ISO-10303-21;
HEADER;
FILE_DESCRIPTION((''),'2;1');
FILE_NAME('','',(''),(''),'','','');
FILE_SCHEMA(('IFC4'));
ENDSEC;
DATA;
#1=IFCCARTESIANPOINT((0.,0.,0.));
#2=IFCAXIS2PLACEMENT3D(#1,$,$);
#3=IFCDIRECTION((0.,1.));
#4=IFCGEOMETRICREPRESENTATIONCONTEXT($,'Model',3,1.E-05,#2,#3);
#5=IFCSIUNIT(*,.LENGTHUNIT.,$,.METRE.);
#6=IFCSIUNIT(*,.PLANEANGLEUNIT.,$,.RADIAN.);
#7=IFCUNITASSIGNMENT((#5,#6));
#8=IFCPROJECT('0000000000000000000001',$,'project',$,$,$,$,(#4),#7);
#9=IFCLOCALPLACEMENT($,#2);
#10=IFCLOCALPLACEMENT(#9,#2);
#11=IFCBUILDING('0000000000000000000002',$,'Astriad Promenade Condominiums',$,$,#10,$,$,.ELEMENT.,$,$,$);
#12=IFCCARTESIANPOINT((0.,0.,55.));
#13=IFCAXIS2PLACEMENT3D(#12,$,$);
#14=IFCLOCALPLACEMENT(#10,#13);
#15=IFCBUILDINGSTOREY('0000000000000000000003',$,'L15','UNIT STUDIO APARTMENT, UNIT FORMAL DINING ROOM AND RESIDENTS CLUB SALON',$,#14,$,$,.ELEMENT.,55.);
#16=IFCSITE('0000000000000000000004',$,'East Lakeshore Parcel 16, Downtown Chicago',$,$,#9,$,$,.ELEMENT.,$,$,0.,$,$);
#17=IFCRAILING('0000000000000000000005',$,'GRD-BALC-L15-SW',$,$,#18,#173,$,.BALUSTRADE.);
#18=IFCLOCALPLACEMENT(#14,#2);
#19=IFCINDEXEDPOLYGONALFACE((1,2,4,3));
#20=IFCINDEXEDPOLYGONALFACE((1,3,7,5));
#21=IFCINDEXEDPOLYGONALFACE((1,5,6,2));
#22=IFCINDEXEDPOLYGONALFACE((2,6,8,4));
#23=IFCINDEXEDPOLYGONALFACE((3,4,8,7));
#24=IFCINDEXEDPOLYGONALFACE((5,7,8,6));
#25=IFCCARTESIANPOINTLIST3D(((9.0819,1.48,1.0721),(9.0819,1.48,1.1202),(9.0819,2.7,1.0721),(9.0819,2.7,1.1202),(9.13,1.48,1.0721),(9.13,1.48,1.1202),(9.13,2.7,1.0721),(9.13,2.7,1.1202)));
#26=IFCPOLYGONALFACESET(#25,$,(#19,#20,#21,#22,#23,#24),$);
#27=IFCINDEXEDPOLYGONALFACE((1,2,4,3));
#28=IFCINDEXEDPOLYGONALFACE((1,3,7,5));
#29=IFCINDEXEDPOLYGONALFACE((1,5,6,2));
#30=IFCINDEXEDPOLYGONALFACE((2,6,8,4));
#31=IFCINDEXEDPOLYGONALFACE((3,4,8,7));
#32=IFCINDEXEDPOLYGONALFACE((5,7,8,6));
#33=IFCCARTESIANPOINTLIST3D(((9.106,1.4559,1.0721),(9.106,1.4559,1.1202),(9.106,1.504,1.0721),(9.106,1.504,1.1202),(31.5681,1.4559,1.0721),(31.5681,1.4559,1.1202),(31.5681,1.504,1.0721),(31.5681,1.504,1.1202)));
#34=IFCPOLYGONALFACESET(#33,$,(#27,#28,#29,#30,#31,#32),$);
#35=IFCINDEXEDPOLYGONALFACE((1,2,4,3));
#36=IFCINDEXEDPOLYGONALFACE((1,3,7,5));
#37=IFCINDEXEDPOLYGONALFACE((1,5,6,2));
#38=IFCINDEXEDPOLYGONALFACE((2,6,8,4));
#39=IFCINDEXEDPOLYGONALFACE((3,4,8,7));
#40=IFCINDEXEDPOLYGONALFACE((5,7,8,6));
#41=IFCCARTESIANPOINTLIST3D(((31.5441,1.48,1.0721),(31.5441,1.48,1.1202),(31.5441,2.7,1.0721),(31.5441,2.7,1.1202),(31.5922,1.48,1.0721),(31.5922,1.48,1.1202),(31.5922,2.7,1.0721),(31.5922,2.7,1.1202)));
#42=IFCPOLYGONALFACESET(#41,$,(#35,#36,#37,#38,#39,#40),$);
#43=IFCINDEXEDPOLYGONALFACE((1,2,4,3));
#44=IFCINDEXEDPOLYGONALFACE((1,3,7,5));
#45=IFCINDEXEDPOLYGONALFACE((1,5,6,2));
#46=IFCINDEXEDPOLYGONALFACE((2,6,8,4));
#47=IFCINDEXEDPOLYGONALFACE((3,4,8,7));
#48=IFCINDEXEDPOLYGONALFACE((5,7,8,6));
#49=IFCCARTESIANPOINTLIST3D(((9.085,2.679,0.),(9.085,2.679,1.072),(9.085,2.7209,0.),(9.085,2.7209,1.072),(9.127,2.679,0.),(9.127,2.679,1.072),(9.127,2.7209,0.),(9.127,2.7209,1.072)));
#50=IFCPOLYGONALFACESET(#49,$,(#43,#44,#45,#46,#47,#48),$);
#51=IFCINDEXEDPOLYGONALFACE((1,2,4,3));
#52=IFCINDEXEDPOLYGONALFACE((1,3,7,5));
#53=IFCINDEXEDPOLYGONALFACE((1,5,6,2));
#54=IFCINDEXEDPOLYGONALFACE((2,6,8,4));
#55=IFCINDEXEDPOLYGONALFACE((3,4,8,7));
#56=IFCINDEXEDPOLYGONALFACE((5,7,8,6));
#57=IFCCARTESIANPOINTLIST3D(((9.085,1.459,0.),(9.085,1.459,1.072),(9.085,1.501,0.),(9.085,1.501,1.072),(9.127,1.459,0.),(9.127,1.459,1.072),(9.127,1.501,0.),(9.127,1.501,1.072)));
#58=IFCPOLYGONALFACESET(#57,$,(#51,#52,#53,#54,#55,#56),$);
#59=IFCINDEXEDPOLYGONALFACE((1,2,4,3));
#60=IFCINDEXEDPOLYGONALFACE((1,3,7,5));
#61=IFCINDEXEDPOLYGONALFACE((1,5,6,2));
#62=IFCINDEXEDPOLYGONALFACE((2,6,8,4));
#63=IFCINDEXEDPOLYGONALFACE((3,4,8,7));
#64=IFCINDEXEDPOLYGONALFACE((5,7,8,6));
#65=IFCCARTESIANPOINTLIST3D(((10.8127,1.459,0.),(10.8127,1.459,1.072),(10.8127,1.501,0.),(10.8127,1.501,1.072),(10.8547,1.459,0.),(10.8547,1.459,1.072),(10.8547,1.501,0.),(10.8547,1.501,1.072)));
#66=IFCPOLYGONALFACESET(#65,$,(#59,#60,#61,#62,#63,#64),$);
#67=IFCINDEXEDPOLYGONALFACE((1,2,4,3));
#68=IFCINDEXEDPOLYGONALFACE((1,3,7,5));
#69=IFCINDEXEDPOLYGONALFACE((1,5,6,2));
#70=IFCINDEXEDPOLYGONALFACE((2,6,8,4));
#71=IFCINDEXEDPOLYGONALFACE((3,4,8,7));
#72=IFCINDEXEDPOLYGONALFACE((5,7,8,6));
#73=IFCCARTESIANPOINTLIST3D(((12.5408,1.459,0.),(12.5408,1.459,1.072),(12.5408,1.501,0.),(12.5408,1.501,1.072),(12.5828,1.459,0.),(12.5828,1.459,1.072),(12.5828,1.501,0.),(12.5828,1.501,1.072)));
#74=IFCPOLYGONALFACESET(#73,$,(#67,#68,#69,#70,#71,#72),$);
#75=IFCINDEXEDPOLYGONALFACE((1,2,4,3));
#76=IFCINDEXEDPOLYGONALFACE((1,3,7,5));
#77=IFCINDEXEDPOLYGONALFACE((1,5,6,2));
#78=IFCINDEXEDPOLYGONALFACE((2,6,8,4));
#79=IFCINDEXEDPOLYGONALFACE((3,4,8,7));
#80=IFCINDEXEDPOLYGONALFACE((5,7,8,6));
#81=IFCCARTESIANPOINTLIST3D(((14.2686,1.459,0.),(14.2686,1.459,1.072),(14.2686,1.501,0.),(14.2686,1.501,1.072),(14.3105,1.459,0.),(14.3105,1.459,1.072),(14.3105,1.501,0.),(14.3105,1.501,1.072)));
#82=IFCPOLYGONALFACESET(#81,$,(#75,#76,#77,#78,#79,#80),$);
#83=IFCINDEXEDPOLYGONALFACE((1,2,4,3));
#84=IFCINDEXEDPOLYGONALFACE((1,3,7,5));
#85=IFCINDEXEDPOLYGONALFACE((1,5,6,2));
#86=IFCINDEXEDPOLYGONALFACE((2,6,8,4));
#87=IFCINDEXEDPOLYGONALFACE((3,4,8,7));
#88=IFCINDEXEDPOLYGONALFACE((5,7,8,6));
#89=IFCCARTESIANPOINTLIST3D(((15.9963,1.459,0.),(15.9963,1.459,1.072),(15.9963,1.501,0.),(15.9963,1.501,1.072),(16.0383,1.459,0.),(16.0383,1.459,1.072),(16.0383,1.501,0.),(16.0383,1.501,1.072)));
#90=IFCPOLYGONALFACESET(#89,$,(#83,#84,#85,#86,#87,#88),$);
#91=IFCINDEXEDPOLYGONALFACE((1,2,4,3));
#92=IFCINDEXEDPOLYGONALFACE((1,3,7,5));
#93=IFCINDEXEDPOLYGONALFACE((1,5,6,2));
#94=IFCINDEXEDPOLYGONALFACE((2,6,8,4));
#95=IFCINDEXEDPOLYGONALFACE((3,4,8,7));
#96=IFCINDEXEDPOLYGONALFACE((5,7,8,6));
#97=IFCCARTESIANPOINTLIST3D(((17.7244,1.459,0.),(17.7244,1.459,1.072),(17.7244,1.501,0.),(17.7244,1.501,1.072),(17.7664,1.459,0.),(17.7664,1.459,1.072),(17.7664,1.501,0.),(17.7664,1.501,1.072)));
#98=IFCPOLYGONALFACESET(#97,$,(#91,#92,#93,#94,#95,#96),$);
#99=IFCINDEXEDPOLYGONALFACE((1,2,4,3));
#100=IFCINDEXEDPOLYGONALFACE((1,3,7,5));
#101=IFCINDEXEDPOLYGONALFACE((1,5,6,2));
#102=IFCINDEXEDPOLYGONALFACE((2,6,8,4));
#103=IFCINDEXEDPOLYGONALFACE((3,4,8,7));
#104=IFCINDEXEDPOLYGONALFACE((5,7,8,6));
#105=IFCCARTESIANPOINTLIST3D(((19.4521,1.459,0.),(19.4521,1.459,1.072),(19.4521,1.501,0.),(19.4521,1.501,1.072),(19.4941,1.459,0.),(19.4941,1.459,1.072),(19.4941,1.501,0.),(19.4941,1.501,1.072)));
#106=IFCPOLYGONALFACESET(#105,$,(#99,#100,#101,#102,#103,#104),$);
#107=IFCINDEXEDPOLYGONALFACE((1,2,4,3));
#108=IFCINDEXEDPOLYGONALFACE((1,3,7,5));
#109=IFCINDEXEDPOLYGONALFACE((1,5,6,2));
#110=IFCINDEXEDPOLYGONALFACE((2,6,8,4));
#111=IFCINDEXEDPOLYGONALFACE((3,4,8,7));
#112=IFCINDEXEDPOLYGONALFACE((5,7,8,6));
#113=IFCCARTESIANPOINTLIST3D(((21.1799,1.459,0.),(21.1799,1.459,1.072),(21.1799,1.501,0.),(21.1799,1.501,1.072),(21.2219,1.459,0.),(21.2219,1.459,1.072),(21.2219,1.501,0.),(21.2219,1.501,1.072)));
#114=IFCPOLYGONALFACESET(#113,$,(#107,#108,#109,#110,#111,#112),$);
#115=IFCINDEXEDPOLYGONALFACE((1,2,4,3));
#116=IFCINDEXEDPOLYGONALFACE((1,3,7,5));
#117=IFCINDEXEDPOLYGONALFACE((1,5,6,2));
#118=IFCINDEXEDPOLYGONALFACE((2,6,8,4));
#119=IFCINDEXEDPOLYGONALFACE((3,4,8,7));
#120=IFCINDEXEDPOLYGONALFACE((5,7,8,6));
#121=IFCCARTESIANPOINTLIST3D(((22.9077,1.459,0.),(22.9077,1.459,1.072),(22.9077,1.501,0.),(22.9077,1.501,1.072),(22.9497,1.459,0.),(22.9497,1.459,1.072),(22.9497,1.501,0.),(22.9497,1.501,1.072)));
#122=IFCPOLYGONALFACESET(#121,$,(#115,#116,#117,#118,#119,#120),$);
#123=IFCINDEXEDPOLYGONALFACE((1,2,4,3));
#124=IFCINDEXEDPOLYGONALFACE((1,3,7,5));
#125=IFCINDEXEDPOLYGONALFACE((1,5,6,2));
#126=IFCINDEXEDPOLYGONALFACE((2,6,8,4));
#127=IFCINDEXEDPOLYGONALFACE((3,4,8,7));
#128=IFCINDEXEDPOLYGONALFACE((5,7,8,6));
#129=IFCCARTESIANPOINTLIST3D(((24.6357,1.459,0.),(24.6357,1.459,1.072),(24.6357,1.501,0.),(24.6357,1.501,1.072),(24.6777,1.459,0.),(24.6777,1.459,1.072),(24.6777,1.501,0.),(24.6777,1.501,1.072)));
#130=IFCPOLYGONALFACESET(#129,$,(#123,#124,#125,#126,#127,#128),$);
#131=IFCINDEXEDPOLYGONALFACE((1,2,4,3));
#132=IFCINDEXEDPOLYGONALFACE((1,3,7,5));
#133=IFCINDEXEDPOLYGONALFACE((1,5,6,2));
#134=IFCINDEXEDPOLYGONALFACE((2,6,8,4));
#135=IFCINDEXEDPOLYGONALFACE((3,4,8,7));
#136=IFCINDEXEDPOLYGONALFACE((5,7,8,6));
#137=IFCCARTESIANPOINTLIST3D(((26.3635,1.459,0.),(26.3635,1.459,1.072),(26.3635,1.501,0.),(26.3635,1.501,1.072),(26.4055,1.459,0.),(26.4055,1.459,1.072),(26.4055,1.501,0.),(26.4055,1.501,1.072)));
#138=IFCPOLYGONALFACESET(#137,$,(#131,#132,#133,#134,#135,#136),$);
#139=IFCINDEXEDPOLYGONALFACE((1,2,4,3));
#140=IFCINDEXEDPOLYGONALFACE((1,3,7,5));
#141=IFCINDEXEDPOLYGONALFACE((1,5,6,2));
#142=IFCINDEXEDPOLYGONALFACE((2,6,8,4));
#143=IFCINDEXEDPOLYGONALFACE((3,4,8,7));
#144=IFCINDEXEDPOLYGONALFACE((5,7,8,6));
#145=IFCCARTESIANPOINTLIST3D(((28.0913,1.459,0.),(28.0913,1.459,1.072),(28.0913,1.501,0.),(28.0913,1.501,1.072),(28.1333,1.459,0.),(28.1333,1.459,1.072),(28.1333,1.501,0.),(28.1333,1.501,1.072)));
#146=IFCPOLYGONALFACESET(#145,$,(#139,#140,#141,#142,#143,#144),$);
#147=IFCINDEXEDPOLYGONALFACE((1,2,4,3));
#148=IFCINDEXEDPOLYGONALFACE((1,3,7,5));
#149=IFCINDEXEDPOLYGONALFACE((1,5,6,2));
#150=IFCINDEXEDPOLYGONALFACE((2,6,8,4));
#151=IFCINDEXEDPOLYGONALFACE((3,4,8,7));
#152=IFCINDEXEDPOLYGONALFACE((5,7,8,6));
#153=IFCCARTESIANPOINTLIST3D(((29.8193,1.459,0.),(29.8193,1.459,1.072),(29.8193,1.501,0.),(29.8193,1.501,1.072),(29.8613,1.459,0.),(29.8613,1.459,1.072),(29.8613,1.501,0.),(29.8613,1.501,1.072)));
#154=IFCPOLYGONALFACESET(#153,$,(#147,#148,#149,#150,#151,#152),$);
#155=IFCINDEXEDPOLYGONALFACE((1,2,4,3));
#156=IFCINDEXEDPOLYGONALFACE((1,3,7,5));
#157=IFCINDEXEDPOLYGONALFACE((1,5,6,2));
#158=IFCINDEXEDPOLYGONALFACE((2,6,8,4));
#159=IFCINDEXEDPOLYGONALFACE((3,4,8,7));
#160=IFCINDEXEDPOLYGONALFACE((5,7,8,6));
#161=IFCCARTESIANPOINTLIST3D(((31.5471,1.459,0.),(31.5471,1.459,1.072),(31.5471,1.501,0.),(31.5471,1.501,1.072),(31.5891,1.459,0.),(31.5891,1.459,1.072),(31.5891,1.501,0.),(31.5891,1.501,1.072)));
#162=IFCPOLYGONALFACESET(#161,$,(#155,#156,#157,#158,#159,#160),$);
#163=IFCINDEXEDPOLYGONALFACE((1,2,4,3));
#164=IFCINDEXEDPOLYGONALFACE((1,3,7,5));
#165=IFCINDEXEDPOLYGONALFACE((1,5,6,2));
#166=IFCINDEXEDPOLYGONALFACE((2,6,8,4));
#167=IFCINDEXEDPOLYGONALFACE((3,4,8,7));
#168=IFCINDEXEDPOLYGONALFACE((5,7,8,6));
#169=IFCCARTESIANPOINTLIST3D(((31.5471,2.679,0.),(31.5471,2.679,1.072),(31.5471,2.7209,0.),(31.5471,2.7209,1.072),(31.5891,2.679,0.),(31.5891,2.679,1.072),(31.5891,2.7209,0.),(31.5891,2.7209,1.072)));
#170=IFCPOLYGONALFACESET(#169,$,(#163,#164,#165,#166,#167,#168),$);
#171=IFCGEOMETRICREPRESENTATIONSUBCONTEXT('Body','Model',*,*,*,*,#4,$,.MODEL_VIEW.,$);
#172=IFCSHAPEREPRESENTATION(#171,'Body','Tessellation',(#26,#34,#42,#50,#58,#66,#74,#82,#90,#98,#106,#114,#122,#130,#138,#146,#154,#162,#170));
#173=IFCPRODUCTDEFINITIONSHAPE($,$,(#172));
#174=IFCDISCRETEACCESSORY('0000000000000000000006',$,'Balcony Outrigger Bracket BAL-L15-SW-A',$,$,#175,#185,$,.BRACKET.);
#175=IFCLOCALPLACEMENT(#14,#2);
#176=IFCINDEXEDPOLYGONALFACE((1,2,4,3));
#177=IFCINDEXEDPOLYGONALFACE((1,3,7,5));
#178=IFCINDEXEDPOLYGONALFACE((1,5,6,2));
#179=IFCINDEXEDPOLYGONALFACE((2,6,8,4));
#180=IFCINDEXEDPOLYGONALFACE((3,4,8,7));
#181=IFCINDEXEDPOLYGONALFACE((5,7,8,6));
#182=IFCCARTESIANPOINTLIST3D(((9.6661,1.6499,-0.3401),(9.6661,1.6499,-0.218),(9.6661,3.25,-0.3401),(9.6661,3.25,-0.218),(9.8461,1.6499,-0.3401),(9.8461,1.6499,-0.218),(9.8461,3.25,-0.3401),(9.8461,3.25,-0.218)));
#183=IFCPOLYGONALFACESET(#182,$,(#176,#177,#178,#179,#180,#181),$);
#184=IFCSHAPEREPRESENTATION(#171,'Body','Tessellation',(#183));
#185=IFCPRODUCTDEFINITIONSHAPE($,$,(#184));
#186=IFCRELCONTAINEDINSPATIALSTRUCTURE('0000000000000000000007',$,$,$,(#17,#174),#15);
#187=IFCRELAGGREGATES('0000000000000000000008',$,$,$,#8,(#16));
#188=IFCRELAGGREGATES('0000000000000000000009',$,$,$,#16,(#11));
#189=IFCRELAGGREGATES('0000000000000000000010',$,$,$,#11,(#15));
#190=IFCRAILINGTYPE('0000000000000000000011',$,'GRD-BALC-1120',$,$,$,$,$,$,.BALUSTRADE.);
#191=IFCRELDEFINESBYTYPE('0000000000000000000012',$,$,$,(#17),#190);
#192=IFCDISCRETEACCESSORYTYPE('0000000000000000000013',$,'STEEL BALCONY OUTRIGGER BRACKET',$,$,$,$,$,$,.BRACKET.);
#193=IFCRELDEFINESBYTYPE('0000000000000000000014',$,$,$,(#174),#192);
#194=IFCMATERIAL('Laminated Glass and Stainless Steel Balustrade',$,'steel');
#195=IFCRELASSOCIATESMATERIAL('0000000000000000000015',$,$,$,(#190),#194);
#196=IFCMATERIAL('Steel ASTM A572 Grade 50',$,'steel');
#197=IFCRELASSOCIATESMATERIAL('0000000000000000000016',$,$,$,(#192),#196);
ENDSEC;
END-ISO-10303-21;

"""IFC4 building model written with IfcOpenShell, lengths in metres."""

from ifc_helpers import new_model, si_unit, direction, frame, origin, origin_2d, place, context, subcontext, project, spatial, rectangle, extrude, source, transform, mapped, material, type_object, type_shapes, element, save


model = new_model("IFC4")

# Units and contexts
model_context = context("Model", 3, precision=1e-05, world=origin(), true_north=direction((0.0, 1.0)))
body_context = subcontext(model_context, "Body", "Model", "MODEL_VIEW")
ifc_project = project(units=[si_unit("LENGTHUNIT", "METRE"), si_unit("PLANEANGLEUNIT", "RADIAN")], contexts=[model_context])

# Site, building, storey
site_placement = place(None, origin())
site = spatial("IfcSite", under=ifc_project, at=site_placement, Name="East Lakeshore Parcel 16, Downtown Chicago", CompositionType="ELEMENT", RefElevation=0.0)
building_placement = place(site_placement, origin())
building = spatial("IfcBuilding", under=site, at=building_placement, Name="Astriad Promenade Condominiums", CompositionType="ELEMENT")
storey_placement = place(building_placement, frame((0.0, 0.0, 55.0)))
storey = spatial("IfcBuildingStorey", under=building, at=storey_placement, Name="L15", Description="UNIT STUDIO APARTMENT, UNIT FORMAL DINING ROOM AND RESIDENTS CLUB SALON", CompositionType="ELEMENT", Elevation=55.0)

# Railing
ifc_material_1 = material(Name="Laminated Glass and Stainless Steel Balustrade", Category="steel")
railing_type = type_object("IfcRailingType", Name="GRD-BALC-1120", PredefinedType="BALUSTRADE", material=ifc_material_1)
shared_shape_1 = source(origin(), body_context, "Body", "SweptSolid", [
    extrude(rectangle(XDim=0.0481, YDim=0.0481, at=origin_2d()), frame((0.0, 0.0, 1.0962), z_axis=(0.0, -1.0, 0.0), x_axis=(1.0, 0.0, 0.0)), (0.0, 0.0, 1.0), 1.22),
    extrude(rectangle(XDim=0.0481, YDim=0.0481, at=origin_2d()), frame((0.0, -1.22, 1.0962), z_axis=(1.0, 0.0, 0.0), x_axis=(0.0, 1.0, 0.0)), (0.0, 0.0, 1.0), 22.4622),
    extrude(rectangle(XDim=0.0481, YDim=0.0481, at=origin_2d()), frame((22.4622, -1.22, 1.0962), z_axis=(0.0, 1.0, 0.0), x_axis=(-1.0, 0.0, 0.0)), (0.0, 0.0, 1.0), 1.22),
    extrude(rectangle(XDim=0.042, YDim=0.042, at=origin_2d()), origin(), (0.0, 0.0, 1.0), 1.072),
    extrude(rectangle(XDim=0.042, YDim=0.042, at=origin_2d()), frame((0.0, -1.22, 0.0)), (0.0, 0.0, 1.0), 1.072),
    extrude(rectangle(XDim=0.042, YDim=0.042, at=origin_2d()), frame((1.7278, -1.22, 0.0)), (0.0, 0.0, 1.0), 1.072),
    extrude(rectangle(XDim=0.042, YDim=0.042, at=origin_2d()), frame((3.4558, -1.22, 0.0)), (0.0, 0.0, 1.0), 1.072),
    extrude(rectangle(XDim=0.042, YDim=0.042, at=origin_2d()), frame((5.1836, -1.22, 0.0)), (0.0, 0.0, 1.0), 1.072),
    extrude(rectangle(XDim=0.042, YDim=0.042, at=origin_2d()), frame((6.9114, -1.22, 0.0)), (0.0, 0.0, 1.0), 1.072),
    extrude(rectangle(XDim=0.042, YDim=0.042, at=origin_2d()), frame((8.6394, -1.22, 0.0)), (0.0, 0.0, 1.0), 1.072),
    extrude(rectangle(XDim=0.042, YDim=0.042, at=origin_2d()), frame((10.3672, -1.22, 0.0)), (0.0, 0.0, 1.0), 1.072),
    extrude(rectangle(XDim=0.042, YDim=0.042, at=origin_2d()), frame((12.095, -1.22, 0.0)), (0.0, 0.0, 1.0), 1.072),
    extrude(rectangle(XDim=0.042, YDim=0.042, at=origin_2d()), frame((13.8228, -1.22, 0.0)), (0.0, 0.0, 1.0), 1.072),
    extrude(rectangle(XDim=0.042, YDim=0.042, at=origin_2d()), frame((15.5508, -1.22, 0.0)), (0.0, 0.0, 1.0), 1.072),
    extrude(rectangle(XDim=0.042, YDim=0.042, at=origin_2d()), frame((17.2786, -1.22, 0.0)), (0.0, 0.0, 1.0), 1.072),
    extrude(rectangle(XDim=0.042, YDim=0.042, at=origin_2d()), frame((19.0063, -1.22, 0.0)), (0.0, 0.0, 1.0), 1.072),
    extrude(rectangle(XDim=0.042, YDim=0.042, at=origin_2d()), frame((20.7344, -1.22, 0.0)), (0.0, 0.0, 1.0), 1.072),
    extrude(rectangle(XDim=0.042, YDim=0.042, at=origin_2d()), frame((22.4622, -1.22, 0.0)), (0.0, 0.0, 1.0), 1.072),
    extrude(rectangle(XDim=0.042, YDim=0.042, at=origin_2d()), frame((22.4622, 0.0, 0.0)), (0.0, 0.0, 1.0), 1.072),
])
type_shapes(railing_type, [shared_shape_1])
railing_placement = place(storey_placement, frame((9.106, 2.7, 0.0)))
element("IfcRailing", 1, at=railing_placement, inside=storey, type_object=railing_type, Name="GRD-BALC-L15-SW", PredefinedType="BALUSTRADE", context=body_context, shape_type="MappedRepresentation", body=[
    mapped(shared_shape_1, transform((0.0, 0.0, 0.0), scale=1.0)),
])

# Discrete accessory
ifc_material_2 = material(Name="Steel ASTM A572 Grade 50", Category="steel")
discrete_accessory_type = type_object("IfcDiscreteAccessoryType", Name="STEEL BALCONY OUTRIGGER BRACKET", PredefinedType="BRACKET", material=ifc_material_2)
shared_shape_2 = source(origin(), body_context, "Body", "SweptSolid", [
    extrude(rectangle(XDim=1.6001, YDim=0.1799, at=origin_2d()), origin(), (0.0, 0.0, 1.0), 0.1221),
])
type_shapes(discrete_accessory_type, [shared_shape_2])
discrete_accessory_placement = place(storey_placement, frame((9.7561, 2.45, -0.3401), z_axis=(0.0, 0.0, 1.0), x_axis=(0.0, -1.0, 0.0)))
element("IfcDiscreteAccessory", 2, at=discrete_accessory_placement, inside=storey, type_object=discrete_accessory_type, Name="Balcony Outrigger Bracket BAL-L15-SW-A", PredefinedType="BRACKET", context=body_context, shape_type="MappedRepresentation", body=[
    mapped(shared_shape_2, transform((0.0, 0.0, 0.0), scale=1.0)),
])

save(model, "model.ifc")
